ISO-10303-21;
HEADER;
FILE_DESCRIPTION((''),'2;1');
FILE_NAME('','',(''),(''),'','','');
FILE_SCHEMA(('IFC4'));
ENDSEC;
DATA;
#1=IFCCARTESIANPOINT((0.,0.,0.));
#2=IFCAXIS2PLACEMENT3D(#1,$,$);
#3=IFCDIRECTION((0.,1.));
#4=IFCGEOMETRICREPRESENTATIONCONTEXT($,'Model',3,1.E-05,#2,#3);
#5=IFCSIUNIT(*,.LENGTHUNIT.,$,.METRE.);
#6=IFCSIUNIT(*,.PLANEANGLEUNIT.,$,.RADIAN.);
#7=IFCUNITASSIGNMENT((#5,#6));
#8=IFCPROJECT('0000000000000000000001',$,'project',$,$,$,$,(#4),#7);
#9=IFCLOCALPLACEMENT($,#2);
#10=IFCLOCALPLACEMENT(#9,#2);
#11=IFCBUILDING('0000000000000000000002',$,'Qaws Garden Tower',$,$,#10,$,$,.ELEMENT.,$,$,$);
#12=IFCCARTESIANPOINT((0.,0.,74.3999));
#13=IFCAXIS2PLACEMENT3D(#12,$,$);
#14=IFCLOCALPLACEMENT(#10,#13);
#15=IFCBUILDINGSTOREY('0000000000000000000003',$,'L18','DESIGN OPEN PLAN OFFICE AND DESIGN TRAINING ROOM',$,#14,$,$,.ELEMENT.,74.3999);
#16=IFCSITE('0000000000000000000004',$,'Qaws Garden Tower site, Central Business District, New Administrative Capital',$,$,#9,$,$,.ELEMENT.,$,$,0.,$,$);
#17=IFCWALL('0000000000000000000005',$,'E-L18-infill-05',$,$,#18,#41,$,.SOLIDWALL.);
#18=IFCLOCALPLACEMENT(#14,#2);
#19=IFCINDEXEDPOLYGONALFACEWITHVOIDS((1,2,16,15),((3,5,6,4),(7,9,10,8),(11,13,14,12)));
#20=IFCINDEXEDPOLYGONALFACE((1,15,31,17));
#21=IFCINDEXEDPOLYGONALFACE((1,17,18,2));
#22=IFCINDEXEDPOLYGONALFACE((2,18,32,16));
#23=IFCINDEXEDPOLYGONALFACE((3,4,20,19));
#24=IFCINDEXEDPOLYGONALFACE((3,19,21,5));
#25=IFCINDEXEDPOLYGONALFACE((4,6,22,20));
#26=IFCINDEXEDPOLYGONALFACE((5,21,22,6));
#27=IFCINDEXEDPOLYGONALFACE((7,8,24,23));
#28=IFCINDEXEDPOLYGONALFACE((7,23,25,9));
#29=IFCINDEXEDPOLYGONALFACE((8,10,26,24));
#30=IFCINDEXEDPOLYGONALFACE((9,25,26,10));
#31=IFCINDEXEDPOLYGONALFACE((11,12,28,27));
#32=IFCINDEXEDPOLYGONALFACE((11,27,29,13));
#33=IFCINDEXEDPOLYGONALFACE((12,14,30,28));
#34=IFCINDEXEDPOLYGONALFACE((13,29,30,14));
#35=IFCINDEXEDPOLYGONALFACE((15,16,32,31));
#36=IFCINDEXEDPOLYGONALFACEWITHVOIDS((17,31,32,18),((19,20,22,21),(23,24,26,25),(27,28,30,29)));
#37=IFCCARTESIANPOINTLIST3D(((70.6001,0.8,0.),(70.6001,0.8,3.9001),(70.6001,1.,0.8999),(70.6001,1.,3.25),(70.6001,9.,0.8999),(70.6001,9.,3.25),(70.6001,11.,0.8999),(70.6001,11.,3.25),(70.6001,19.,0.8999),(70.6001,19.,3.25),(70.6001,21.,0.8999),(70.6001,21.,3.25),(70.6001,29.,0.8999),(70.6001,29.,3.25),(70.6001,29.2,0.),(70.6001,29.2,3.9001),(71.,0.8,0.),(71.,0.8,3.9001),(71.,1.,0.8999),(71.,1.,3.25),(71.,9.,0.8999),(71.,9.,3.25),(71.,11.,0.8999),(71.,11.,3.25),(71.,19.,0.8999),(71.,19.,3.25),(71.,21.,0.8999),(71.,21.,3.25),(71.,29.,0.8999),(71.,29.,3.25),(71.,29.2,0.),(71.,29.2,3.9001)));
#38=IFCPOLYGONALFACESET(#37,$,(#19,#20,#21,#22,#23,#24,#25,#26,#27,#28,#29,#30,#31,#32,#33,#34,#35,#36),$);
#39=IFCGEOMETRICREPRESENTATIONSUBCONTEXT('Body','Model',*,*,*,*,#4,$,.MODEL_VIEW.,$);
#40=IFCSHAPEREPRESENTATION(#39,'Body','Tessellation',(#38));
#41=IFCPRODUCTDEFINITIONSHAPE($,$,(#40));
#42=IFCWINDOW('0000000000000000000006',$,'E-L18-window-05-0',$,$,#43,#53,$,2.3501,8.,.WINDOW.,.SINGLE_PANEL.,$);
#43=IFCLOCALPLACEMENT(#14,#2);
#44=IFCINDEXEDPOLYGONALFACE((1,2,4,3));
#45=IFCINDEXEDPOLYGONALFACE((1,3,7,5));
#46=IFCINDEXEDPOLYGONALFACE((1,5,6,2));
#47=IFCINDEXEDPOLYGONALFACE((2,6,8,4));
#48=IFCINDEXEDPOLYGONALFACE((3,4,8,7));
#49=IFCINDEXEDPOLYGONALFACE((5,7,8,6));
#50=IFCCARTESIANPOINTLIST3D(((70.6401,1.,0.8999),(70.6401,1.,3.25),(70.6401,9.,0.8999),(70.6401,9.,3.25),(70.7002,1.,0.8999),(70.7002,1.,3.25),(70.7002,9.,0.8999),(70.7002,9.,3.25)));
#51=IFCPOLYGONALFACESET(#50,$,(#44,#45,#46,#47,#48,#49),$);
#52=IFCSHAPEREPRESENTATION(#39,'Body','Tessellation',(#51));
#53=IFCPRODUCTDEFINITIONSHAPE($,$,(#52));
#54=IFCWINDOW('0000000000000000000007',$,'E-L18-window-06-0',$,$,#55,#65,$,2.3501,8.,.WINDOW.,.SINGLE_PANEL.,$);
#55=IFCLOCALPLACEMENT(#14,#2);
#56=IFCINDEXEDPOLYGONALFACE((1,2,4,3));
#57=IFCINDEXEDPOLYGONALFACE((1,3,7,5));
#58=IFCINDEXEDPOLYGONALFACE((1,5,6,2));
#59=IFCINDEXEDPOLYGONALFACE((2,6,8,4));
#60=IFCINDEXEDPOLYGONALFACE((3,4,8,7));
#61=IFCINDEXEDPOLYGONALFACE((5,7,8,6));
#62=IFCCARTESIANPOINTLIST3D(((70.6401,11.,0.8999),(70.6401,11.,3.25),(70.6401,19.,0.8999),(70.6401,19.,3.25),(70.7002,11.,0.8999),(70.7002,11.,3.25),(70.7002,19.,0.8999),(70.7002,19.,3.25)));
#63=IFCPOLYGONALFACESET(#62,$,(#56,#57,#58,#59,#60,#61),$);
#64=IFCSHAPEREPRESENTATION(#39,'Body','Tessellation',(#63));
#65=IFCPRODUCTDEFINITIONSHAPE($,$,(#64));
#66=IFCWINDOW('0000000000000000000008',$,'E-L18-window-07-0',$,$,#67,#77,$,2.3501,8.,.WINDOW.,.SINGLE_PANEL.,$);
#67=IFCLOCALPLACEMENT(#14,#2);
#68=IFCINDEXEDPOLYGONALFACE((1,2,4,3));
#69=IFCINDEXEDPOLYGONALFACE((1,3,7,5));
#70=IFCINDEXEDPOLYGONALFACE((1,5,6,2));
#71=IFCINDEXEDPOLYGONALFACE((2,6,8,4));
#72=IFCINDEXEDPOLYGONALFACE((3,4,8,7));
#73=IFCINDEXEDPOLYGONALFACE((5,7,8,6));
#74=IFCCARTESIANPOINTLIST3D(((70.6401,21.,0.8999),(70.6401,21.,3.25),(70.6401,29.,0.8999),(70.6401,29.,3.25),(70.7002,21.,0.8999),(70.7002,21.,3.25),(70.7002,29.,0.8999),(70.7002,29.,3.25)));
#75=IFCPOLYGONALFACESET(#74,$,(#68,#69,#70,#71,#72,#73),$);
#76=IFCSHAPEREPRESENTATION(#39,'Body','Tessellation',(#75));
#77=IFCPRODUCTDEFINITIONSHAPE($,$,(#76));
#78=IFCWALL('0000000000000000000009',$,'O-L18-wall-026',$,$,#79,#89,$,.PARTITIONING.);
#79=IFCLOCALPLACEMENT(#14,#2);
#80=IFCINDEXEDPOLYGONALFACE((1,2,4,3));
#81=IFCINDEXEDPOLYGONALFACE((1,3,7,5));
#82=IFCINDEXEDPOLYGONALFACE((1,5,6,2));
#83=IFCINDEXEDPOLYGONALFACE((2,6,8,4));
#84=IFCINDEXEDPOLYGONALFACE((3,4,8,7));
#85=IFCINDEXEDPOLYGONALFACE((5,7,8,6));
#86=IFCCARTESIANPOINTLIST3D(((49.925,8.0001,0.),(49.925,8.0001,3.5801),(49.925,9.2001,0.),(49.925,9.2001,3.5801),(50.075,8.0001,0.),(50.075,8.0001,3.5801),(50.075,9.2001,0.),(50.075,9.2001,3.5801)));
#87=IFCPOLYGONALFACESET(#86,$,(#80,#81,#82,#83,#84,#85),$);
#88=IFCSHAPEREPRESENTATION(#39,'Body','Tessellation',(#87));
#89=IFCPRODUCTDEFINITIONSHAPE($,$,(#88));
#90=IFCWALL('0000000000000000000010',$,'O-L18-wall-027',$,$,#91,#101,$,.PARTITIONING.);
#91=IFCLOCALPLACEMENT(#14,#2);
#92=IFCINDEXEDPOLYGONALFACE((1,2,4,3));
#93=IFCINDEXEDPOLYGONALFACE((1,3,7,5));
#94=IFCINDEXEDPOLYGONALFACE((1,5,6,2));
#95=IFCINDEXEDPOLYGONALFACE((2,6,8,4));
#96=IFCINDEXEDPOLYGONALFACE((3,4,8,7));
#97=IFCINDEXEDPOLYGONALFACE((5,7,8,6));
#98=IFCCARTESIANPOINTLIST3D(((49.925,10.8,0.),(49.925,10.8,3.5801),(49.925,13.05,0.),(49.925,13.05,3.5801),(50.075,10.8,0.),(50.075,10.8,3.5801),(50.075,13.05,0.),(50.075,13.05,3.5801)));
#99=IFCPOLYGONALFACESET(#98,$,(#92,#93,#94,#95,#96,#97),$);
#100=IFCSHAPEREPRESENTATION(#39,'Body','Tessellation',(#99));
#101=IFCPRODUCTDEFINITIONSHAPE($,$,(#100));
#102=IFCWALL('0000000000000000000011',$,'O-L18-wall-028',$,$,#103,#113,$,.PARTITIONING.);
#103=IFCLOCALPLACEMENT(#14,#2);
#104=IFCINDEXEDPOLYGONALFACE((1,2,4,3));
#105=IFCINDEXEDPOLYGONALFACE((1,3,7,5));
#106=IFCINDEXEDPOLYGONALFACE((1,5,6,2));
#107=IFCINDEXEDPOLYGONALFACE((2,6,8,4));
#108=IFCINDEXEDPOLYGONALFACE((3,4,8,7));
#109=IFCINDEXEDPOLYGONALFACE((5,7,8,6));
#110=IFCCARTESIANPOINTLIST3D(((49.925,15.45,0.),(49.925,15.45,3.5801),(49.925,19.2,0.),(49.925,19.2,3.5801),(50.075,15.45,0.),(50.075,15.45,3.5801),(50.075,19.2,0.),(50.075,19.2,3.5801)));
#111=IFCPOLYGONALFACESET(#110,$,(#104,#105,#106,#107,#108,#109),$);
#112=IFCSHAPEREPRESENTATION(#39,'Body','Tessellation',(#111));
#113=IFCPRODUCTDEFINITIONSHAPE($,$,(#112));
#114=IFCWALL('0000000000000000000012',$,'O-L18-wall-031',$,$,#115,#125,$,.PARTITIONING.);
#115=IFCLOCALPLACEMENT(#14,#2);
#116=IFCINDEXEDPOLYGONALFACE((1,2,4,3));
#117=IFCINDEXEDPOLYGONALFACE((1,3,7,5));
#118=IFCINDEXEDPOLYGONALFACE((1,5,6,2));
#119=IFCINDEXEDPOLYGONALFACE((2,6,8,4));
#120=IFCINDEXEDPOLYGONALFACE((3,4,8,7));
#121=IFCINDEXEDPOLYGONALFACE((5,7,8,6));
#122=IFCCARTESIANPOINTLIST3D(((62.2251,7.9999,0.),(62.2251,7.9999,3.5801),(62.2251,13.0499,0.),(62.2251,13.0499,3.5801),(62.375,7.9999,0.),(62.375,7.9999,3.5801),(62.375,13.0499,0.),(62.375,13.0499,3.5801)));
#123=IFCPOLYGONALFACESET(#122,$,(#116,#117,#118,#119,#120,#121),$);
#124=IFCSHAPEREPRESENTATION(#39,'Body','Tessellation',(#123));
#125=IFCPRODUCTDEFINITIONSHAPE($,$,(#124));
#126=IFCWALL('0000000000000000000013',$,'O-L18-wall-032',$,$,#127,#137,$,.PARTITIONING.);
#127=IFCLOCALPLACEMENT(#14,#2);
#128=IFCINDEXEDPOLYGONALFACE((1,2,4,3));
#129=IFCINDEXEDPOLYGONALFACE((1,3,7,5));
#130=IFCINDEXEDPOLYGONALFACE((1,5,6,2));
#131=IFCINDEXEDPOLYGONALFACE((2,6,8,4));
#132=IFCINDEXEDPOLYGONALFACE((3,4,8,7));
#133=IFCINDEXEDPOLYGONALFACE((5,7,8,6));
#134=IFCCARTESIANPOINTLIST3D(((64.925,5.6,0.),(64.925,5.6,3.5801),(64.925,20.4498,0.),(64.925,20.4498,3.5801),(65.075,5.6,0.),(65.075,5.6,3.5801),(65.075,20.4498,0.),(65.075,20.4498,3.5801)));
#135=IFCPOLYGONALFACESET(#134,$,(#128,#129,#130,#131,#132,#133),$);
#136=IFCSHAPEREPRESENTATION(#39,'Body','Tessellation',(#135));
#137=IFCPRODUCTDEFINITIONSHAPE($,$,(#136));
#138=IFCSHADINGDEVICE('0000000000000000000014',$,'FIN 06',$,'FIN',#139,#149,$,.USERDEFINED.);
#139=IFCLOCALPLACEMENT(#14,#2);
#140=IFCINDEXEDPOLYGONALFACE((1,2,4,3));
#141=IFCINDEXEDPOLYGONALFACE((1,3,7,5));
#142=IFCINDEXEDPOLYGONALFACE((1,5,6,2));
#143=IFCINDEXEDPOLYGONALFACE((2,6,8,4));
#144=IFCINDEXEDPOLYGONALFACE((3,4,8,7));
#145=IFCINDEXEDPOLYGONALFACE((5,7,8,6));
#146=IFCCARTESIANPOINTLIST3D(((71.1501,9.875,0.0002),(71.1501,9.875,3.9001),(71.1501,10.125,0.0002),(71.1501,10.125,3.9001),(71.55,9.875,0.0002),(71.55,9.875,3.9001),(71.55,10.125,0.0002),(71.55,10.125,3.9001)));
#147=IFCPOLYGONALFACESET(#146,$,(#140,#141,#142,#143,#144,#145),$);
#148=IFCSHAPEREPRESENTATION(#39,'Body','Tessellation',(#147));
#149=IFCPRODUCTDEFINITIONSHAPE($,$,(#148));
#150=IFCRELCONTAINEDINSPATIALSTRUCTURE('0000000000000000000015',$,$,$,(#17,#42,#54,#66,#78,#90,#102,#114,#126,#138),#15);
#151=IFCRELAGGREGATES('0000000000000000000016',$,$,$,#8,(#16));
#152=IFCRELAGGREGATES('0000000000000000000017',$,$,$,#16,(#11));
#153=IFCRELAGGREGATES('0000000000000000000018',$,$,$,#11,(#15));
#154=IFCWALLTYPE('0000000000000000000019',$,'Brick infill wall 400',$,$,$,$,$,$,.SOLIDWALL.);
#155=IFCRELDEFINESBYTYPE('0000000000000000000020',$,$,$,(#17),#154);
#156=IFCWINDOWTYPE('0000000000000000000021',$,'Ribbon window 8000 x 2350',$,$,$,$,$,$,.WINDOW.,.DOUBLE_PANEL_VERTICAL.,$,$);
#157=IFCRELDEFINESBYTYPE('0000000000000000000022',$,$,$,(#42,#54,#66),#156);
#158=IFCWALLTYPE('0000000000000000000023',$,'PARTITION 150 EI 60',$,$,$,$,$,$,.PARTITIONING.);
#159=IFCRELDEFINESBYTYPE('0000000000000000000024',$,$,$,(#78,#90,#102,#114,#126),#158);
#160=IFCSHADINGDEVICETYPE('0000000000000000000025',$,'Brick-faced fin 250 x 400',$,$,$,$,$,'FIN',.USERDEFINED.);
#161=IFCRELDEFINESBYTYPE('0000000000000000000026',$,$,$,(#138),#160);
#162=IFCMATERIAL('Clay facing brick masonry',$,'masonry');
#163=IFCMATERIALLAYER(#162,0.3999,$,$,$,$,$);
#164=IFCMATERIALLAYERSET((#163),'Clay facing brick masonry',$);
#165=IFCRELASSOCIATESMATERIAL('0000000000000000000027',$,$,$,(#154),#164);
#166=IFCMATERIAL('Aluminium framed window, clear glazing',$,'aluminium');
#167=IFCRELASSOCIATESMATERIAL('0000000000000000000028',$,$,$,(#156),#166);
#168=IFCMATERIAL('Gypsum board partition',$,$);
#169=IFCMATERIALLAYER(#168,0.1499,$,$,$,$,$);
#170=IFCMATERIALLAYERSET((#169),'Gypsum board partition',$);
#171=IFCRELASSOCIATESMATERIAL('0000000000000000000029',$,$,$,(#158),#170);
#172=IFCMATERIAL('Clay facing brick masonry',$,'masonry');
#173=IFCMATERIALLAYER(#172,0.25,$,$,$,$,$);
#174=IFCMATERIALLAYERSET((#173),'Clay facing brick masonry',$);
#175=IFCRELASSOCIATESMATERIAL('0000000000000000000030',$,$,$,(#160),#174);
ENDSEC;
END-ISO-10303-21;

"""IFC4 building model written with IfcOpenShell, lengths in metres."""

from ifc_helpers import new_model, si_unit, direction, frame, frame_2d, origin, origin_2d, place, context, subcontext, project, spatial, rectangle, extrude, material, layer, layer_set, type_object, element, fill, save


model = new_model("IFC4")

# Units and contexts
model_context = context("Model", 3, precision=1e-05, world=origin(), true_north=direction((0.0, 1.0)))
body_context = subcontext(model_context, "Body", "Model", "MODEL_VIEW")
ifc_project = project(units=[si_unit("LENGTHUNIT", "METRE"), si_unit("PLANEANGLEUNIT", "RADIAN")], contexts=[model_context])

# Site, building, storey
site_placement = place(None, origin())
site = spatial("IfcSite", under=ifc_project, at=site_placement, Name="Qaws Garden Tower site, Central Business District, New Administrative Capital", CompositionType="ELEMENT", RefElevation=0.0)
building_placement = place(site_placement, origin())
building = spatial("IfcBuilding", under=site, at=building_placement, Name="Qaws Garden Tower", CompositionType="ELEMENT")
storey_placement = place(building_placement, frame((0.0, 0.0, 74.3999)))
storey = spatial("IfcBuildingStorey", under=building, at=storey_placement, Name="L18", Description="DESIGN OPEN PLAN OFFICE AND DESIGN TRAINING ROOM", CompositionType="ELEMENT", Elevation=74.3999)

# Wall, openings, windows
ifc_material_1 = material(Name="Clay facing brick masonry", Category="masonry")
ifc_layer_1 = layer(ifc_material_1, 0.3999)
ifc_layer_set_1 = layer_set([ifc_layer_1], Name="Clay facing brick masonry")
wall_type_1 = type_object("IfcWallType", Name="Brick infill wall 400", PredefinedType="SOLIDWALL", material=ifc_layer_set_1)
wall_1_placement = place(storey_placement, frame((70.8, 0.8, 0.0), z_axis=(0.0, 0.0, 1.0), x_axis=(0.0, 1.0, 0.0)))
wall_1 = element("IfcWall", 1, at=wall_1_placement, inside=storey, type_object=wall_type_1, Name="E-L18-infill-05", PredefinedType="SOLIDWALL", context=body_context, shape_type="SweptSolid", body=[
    extrude(rectangle(XDim=28.3999, YDim=0.3999, at=frame_2d((14.2, 0.0))), origin(), (0.0, 0.0, 1.0), 3.9001),
])
opening_1_placement = place(wall_1_placement, frame((0.2, 0.0, 0.8999)))
opening_1 = element("IfcOpeningElement", 2, at=opening_1_placement, cuts=wall_1, PredefinedType="OPENING", context=body_context, shape_type="SweptSolid", body=[
    extrude(rectangle(XDim=8.0, YDim=2.3501, at=frame_2d((4.0, 1.175))), frame((0.0, 0.21, 0.0), z_axis=(0.0, -1.0, 0.0), x_axis=(1.0, 0.0, 0.0)), (0.0, 0.0, 1.0), 0.4199),
])
opening_2_placement = place(wall_1_placement, frame((10.2, 0.0, 0.8999)))
opening_2 = element("IfcOpeningElement", 3, at=opening_2_placement, cuts=wall_1, PredefinedType="OPENING", context=body_context, shape_type="SweptSolid", body=[
    extrude(rectangle(XDim=8.0, YDim=2.3501, at=frame_2d((4.0, 1.175))), frame((0.0, 0.21, 0.0), z_axis=(0.0, -1.0, 0.0), x_axis=(1.0, 0.0, 0.0)), (0.0, 0.0, 1.0), 0.4199),
])
opening_3_placement = place(wall_1_placement, frame((20.2, 0.0, 0.8999)))
opening_3 = element("IfcOpeningElement", 4, at=opening_3_placement, cuts=wall_1, PredefinedType="OPENING", context=body_context, shape_type="SweptSolid", body=[
    extrude(rectangle(XDim=8.0, YDim=2.3501, at=frame_2d((4.0, 1.175))), frame((0.0, 0.21, 0.0), z_axis=(0.0, -1.0, 0.0), x_axis=(1.0, 0.0, 0.0)), (0.0, 0.0, 1.0), 0.4199),
])
ifc_material_2 = material(Name="Aluminium framed window, clear glazing", Category="aluminium")
window_type = type_object("IfcWindowType", Name="Ribbon window 8000 x 2350", PartitioningType="DOUBLE_PANEL_VERTICAL", PredefinedType="WINDOW", material=ifc_material_2)
window_1_placement = place(opening_1_placement, origin())
window_1 = element("IfcWindow", 5, at=window_1_placement, inside=storey, type_object=window_type, Name="E-L18-window-05-0", OverallHeight=2.3501, OverallWidth=8.0, PartitioningType="SINGLE_PANEL", PredefinedType="WINDOW", context=body_context, shape_type="SweptSolid", body=[
    extrude(rectangle(XDim=8.0, YDim=2.3501, at=frame_2d((4.0, 1.175))), frame((0.0, 0.1599, 0.0), z_axis=(0.0, -1.0, 0.0), x_axis=(1.0, 0.0, 0.0)), (0.0, 0.0, 1.0), 0.0601),
])
fill(opening_1, window_1)
window_2_placement = place(opening_2_placement, origin())
window_2 = element("IfcWindow", 6, at=window_2_placement, inside=storey, type_object=window_type, Name="E-L18-window-06-0", OverallHeight=2.3501, OverallWidth=8.0, PartitioningType="SINGLE_PANEL", PredefinedType="WINDOW", context=body_context, shape_type="SweptSolid", body=[
    extrude(rectangle(XDim=8.0, YDim=2.3501, at=frame_2d((4.0, 1.175))), frame((0.0, 0.1599, 0.0), z_axis=(0.0, -1.0, 0.0), x_axis=(1.0, 0.0, 0.0)), (0.0, 0.0, 1.0), 0.0601),
])
fill(opening_2, window_2)
window_3_placement = place(opening_3_placement, origin())
window_3 = element("IfcWindow", 7, at=window_3_placement, inside=storey, type_object=window_type, Name="E-L18-window-07-0", OverallHeight=2.3501, OverallWidth=8.0, PartitioningType="SINGLE_PANEL", PredefinedType="WINDOW", context=body_context, shape_type="SweptSolid", body=[
    extrude(rectangle(XDim=8.0, YDim=2.3501, at=frame_2d((4.0, 1.175))), frame((0.0, 0.1599, 0.0), z_axis=(0.0, -1.0, 0.0), x_axis=(1.0, 0.0, 0.0)), (0.0, 0.0, 1.0), 0.0601),
])
fill(opening_3, window_3)

# Walls
ifc_material_3 = material(Name="Gypsum board partition")
ifc_layer_2 = layer(ifc_material_3, 0.1499)
ifc_layer_set_2 = layer_set([ifc_layer_2], Name="Gypsum board partition")
wall_type_2 = type_object("IfcWallType", Name="PARTITION 150 EI 60", PredefinedType="PARTITIONING", material=ifc_layer_set_2)
wall_2_placement = place(storey_placement, frame((50.0, 8.0, 0.0), z_axis=(0.0, 0.0, 1.0), x_axis=(0.0, 1.0, 0.0)))
element("IfcWall", 8, at=wall_2_placement, inside=storey, type_object=wall_type_2, Name="O-L18-wall-026", PredefinedType="PARTITIONING", context=body_context, shape_type="SweptSolid", body=[
    extrude(rectangle(XDim=1.2, YDim=0.1499, at=frame_2d((0.6001, 0.0))), origin(), (0.0, 0.0, 1.0), 3.5801),
])
wall_3_placement = place(storey_placement, frame((50.0, 10.8, 0.0), z_axis=(0.0, 0.0, 1.0), x_axis=(0.0, 1.0, 0.0)))
element("IfcWall", 9, at=wall_3_placement, inside=storey, type_object=wall_type_2, Name="O-L18-wall-027", PredefinedType="PARTITIONING", context=body_context, shape_type="SweptSolid", body=[
    extrude(rectangle(XDim=2.25, YDim=0.1499, at=frame_2d((1.125, 0.0))), origin(), (0.0, 0.0, 1.0), 3.5801),
])
wall_4_placement = place(storey_placement, frame((50.0, 15.45, 0.0), z_axis=(0.0, 0.0, 1.0), x_axis=(0.0, 1.0, 0.0)))
element("IfcWall", 10, at=wall_4_placement, inside=storey, type_object=wall_type_2, Name="O-L18-wall-028", PredefinedType="PARTITIONING", context=body_context, shape_type="SweptSolid", body=[
    extrude(rectangle(XDim=3.75, YDim=0.1499, at=frame_2d((1.875, 0.0))), origin(), (0.0, 0.0, 1.0), 3.5801),
])
wall_5_placement = place(storey_placement, frame((62.3, 8.0, 0.0), z_axis=(0.0, 0.0, 1.0), x_axis=(0.0, 1.0, 0.0)))
element("IfcWall", 11, at=wall_5_placement, inside=storey, type_object=wall_type_2, Name="O-L18-wall-031", PredefinedType="PARTITIONING", context=body_context, shape_type="SweptSolid", body=[
    extrude(rectangle(XDim=5.05, YDim=0.1499, at=frame_2d((2.5249, 0.0))), origin(), (0.0, 0.0, 1.0), 3.5801),
])
wall_6_placement = place(storey_placement, frame((65.0, 5.6001, 0.0), z_axis=(0.0, 0.0, 1.0), x_axis=(0.0, 1.0, 0.0)))
element("IfcWall", 12, at=wall_6_placement, inside=storey, type_object=wall_type_2, Name="O-L18-wall-032", PredefinedType="PARTITIONING", context=body_context, shape_type="SweptSolid", body=[
    extrude(rectangle(XDim=14.8499, YDim=0.1499, at=frame_2d((7.4248, 0.0))), origin(), (0.0, 0.0, 1.0), 3.5801),
])

# Shading device
ifc_material_4 = material(Name="Clay facing brick masonry", Category="masonry")
ifc_layer_3 = layer(ifc_material_4, 0.25)
ifc_layer_set_3 = layer_set([ifc_layer_3], Name="Clay facing brick masonry")
shading_device_type = type_object("IfcShadingDeviceType", Name="Brick-faced fin 250 x 400", ElementType="FIN", PredefinedType="USERDEFINED", material=ifc_layer_set_3)
shading_device_placement = place(storey_placement, frame((71.3501, 10.0, 0.0002), z_axis=(0.0, 0.0, 1.0), x_axis=(0.0, 1.0, 0.0)))
element("IfcShadingDevice", 13, at=shading_device_placement, inside=storey, type_object=shading_device_type, Name="FIN 06", ObjectType="FIN", PredefinedType="USERDEFINED", context=body_context, shape_type="SweptSolid", body=[
    extrude(rectangle(XDim=0.25, YDim=0.3999, at=origin_2d()), origin(), (0.0, 0.0, 1.0), 3.8999),
])

save(model, "model.ifc")
